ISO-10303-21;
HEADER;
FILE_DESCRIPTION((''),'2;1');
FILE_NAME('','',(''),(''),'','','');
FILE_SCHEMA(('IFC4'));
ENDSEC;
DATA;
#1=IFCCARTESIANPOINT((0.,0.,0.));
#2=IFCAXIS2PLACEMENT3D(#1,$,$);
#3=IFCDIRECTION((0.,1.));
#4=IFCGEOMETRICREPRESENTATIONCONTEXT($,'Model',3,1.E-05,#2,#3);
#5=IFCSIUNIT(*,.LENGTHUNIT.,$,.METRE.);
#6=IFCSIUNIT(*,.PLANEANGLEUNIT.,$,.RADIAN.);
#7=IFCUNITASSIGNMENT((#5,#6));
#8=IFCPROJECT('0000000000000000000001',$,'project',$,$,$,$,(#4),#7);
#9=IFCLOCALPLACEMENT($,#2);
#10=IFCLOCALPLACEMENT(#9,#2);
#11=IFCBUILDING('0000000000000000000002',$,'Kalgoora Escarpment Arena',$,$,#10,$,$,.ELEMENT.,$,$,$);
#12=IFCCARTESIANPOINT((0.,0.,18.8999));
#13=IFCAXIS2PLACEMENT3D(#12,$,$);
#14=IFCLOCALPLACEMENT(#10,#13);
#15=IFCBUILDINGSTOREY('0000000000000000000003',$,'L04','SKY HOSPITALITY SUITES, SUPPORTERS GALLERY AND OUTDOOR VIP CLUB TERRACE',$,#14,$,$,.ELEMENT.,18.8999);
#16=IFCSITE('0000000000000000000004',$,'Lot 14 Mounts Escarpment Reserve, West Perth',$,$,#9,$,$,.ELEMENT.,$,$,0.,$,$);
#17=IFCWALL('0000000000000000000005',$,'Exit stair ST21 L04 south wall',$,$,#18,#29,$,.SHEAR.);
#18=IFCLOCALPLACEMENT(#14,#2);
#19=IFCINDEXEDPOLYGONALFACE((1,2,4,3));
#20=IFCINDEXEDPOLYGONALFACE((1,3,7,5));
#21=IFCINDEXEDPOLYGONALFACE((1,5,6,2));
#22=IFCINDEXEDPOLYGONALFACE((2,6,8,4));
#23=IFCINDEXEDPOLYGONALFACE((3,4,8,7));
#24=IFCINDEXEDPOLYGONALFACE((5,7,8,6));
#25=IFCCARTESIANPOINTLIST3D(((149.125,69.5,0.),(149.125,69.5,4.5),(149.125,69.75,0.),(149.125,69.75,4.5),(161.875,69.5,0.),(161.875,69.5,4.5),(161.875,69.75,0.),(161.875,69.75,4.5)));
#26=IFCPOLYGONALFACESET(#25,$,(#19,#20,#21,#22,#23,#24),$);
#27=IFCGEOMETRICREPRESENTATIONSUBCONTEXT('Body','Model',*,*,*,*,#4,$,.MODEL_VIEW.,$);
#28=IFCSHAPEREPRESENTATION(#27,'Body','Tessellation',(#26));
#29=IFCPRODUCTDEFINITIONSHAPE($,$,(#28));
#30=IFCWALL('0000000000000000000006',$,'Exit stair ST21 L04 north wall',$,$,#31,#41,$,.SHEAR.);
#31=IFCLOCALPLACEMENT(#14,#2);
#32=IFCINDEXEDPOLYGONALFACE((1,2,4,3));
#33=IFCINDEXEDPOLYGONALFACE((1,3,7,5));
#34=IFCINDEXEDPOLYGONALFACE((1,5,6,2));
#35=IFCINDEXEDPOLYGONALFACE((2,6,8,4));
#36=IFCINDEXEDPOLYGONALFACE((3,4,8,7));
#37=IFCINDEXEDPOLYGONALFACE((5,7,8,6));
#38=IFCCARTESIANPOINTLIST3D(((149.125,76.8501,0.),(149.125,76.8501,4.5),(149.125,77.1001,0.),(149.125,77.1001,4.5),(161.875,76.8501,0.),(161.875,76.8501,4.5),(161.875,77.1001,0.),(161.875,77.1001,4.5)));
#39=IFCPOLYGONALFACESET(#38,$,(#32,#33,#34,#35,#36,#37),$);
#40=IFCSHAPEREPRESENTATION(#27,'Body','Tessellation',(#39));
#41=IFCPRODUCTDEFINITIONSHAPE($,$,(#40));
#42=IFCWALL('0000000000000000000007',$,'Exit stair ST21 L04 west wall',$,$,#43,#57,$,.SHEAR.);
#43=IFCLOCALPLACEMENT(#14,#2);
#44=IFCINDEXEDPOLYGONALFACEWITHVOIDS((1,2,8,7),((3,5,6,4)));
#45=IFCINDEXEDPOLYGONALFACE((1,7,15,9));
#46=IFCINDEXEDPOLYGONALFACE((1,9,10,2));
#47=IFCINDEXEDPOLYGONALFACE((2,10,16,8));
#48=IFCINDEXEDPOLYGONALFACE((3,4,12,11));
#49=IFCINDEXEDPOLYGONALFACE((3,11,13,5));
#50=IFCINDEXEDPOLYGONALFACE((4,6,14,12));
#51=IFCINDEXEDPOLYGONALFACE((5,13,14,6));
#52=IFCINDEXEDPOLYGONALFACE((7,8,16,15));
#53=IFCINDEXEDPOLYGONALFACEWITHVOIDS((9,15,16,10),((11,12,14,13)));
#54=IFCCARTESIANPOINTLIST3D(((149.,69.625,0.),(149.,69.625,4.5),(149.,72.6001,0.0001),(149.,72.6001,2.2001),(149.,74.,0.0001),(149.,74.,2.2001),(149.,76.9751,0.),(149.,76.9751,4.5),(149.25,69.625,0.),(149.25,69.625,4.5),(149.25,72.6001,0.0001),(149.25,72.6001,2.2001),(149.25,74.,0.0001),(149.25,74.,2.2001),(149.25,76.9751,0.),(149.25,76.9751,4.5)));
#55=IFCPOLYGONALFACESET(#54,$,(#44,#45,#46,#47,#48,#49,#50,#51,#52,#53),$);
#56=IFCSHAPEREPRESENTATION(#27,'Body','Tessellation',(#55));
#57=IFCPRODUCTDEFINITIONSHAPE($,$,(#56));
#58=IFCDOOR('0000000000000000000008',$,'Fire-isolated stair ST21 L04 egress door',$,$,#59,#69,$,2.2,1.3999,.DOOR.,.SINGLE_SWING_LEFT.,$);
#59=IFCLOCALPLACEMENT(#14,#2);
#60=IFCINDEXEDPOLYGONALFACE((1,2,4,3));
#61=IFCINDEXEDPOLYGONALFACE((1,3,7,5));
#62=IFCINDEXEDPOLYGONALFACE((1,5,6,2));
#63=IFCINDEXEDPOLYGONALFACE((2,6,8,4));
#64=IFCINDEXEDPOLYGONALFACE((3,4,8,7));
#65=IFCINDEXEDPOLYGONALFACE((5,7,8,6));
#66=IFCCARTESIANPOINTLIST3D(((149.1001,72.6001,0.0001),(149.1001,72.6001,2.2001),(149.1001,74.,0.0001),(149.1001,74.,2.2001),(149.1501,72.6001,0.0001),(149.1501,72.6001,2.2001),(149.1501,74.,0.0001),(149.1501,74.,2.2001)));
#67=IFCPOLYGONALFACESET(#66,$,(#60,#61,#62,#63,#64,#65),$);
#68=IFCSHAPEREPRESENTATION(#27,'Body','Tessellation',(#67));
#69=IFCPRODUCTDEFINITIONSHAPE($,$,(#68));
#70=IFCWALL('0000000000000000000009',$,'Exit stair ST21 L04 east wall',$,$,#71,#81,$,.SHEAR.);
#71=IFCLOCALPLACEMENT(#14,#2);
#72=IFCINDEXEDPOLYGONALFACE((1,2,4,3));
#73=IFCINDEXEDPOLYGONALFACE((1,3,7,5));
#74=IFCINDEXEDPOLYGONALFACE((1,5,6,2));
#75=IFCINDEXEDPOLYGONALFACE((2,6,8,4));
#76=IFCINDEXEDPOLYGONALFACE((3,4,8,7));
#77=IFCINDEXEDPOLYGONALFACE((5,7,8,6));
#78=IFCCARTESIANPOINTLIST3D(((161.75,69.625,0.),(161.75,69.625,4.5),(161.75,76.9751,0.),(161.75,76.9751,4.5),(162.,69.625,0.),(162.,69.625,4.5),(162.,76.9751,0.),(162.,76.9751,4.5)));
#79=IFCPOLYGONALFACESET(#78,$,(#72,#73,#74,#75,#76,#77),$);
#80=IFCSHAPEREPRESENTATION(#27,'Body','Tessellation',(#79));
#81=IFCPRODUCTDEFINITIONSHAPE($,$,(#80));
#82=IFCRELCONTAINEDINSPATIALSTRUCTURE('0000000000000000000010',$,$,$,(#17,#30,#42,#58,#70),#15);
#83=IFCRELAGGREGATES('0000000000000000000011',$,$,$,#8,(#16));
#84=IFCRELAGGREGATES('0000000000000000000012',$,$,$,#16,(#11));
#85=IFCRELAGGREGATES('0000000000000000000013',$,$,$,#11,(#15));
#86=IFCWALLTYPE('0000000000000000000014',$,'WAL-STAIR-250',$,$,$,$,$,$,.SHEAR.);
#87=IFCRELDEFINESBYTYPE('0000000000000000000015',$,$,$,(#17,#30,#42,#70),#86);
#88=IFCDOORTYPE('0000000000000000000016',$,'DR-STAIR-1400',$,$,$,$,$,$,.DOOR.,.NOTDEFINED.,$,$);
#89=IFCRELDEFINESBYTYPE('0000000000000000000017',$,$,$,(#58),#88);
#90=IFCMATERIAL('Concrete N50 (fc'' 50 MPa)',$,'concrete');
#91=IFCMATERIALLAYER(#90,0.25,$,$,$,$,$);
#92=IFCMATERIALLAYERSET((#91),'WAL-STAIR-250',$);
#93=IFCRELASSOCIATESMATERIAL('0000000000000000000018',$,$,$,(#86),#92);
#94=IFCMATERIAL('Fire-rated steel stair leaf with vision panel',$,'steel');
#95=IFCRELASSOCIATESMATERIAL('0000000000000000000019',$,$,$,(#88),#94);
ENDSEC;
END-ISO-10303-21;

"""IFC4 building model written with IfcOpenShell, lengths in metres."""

from ifc_helpers import new_model, si_unit, direction, frame, frame_2d, origin, place, context, subcontext, project, spatial, rectangle, extrude, material, layer, layer_set, type_object, element, fill, save


model = new_model("IFC4")

# Units and contexts
model_context = context("Model", 3, precision=1e-05, world=origin(), true_north=direction((0.0, 1.0)))
body_context = subcontext(model_context, "Body", "Model", "MODEL_VIEW")
ifc_project = project(units=[si_unit("LENGTHUNIT", "METRE"), si_unit("PLANEANGLEUNIT", "RADIAN")], contexts=[model_context])

# Site, building, storey
site_placement = place(None, origin())
site = spatial("IfcSite", under=ifc_project, at=site_placement, Name="Lot 14 Mounts Escarpment Reserve, West Perth", CompositionType="ELEMENT", RefElevation=0.0)
building_placement = place(site_placement, origin())
building = spatial("IfcBuilding", under=site, at=building_placement, Name="Kalgoora Escarpment Arena", CompositionType="ELEMENT")
storey_placement = place(building_placement, frame((0.0, 0.0, 18.8999)))
storey = spatial("IfcBuildingStorey", under=building, at=storey_placement, Name="L04", Description="SKY HOSPITALITY SUITES, SUPPORTERS GALLERY AND OUTDOOR VIP CLUB TERRACE", CompositionType="ELEMENT", Elevation=18.8999)

# Walls
ifc_material_1 = material(Name="Concrete N50 (fc' 50 MPa)", Category="concrete")
ifc_layer_1 = layer(ifc_material_1, 0.25)
ifc_layer_set_1 = layer_set([ifc_layer_1], Name="WAL-STAIR-250")
wall_type_1 = type_object("IfcWallType", Name="WAL-STAIR-250", PredefinedType="SHEAR", material=ifc_layer_set_1)
for number, where, z_axis, x_axis, name in (
    (1, (149.125, 69.625, 0.0), (0.0, 0.0, 1.0), (1.0, 0.0, 0.0), "Exit stair ST21 L04 south wall"),
    (2, (149.125, 76.9751, 0.0), (0.0, 0.0, 1.0), (1.0, 0.0, 0.0), "Exit stair ST21 L04 north wall"),
):
    element("IfcWall", number, at=place(storey_placement, frame(where, z_axis=z_axis, x_axis=x_axis)), inside=storey, type_object=wall_type_1, Name=name, PredefinedType="SHEAR", context=body_context, shape_type="SweptSolid", body=[
        extrude(rectangle(XDim=12.75, YDim=0.25, at=frame_2d((6.375, 0.0))), origin(), (0.0, 0.0, 1.0), 4.5),
    ])

# Wall, opening, door
wall_1_placement = place(storey_placement, frame((149.125, 69.625, 0.0), z_axis=(0.0, 0.0, 1.0), x_axis=(0.0, 1.0, 0.0)))
wall_1 = element("IfcWall", 3, at=wall_1_placement, inside=storey, type_object=wall_type_1, Name="Exit stair ST21 L04 west wall", PredefinedType="SHEAR", context=body_context, shape_type="SweptSolid", body=[
    extrude(rectangle(XDim=7.3501, YDim=0.25, at=frame_2d((3.675, 0.0))), origin(), (0.0, 0.0, 1.0), 4.5),
])
opening_1_placement = place(wall_1_placement, frame((2.9751, 0.0, 0.0)))
opening_1 = element("IfcOpeningElement", 4, at=opening_1_placement, cuts=wall_1, PredefinedType="OPENING", context=body_context, shape_type="SweptSolid", body=[
    extrude(rectangle(XDim=1.3999, YDim=2.2, at=frame_2d((0.7, 1.1001))), frame((0.0, 0.135, 0.0), z_axis=(0.0, -1.0, 0.0), x_axis=(1.0, 0.0, 0.0)), (0.0, 0.0, 1.0), 0.27),
])
ifc_material_2 = material(Name="Fire-rated steel stair leaf with vision panel", Category="steel")
door_type_1 = type_object("IfcDoorType", Name="DR-STAIR-1400", OperationType="NOTDEFINED", PredefinedType="DOOR", material=ifc_material_2)
door_1_placement = place(opening_1_placement, origin())
door_1 = element("IfcDoor", 5, at=door_1_placement, inside=storey, type_object=door_type_1, Name="Fire-isolated stair ST21 L04 egress door", OperationType="SINGLE_SWING_LEFT", OverallHeight=2.2, OverallWidth=1.3999, PredefinedType="DOOR", context=body_context, shape_type="SweptSolid", body=[
    extrude(rectangle(XDim=1.3999, YDim=2.2, at=frame_2d((0.7, 1.1001))), frame((0.0, 0.0249, 0.0), z_axis=(0.0, -1.0, 0.0), x_axis=(1.0, 0.0, 0.0)), (0.0, 0.0, 1.0), 0.05),
])
fill(opening_1, door_1)

# Wall
wall_2_placement = place(storey_placement, frame((161.875, 69.625, 0.0), z_axis=(0.0, 0.0, 1.0), x_axis=(0.0, 1.0, 0.0)))
element("IfcWall", 6, at=wall_2_placement, inside=storey, type_object=wall_type_1, Name="Exit stair ST21 L04 east wall", PredefinedType="SHEAR", context=body_context, shape_type="SweptSolid", body=[
    extrude(rectangle(XDim=7.3501, YDim=0.25, at=frame_2d((3.675, 0.0))), origin(), (0.0, 0.0, 1.0), 4.5),
])

save(model, "model.ifc")
